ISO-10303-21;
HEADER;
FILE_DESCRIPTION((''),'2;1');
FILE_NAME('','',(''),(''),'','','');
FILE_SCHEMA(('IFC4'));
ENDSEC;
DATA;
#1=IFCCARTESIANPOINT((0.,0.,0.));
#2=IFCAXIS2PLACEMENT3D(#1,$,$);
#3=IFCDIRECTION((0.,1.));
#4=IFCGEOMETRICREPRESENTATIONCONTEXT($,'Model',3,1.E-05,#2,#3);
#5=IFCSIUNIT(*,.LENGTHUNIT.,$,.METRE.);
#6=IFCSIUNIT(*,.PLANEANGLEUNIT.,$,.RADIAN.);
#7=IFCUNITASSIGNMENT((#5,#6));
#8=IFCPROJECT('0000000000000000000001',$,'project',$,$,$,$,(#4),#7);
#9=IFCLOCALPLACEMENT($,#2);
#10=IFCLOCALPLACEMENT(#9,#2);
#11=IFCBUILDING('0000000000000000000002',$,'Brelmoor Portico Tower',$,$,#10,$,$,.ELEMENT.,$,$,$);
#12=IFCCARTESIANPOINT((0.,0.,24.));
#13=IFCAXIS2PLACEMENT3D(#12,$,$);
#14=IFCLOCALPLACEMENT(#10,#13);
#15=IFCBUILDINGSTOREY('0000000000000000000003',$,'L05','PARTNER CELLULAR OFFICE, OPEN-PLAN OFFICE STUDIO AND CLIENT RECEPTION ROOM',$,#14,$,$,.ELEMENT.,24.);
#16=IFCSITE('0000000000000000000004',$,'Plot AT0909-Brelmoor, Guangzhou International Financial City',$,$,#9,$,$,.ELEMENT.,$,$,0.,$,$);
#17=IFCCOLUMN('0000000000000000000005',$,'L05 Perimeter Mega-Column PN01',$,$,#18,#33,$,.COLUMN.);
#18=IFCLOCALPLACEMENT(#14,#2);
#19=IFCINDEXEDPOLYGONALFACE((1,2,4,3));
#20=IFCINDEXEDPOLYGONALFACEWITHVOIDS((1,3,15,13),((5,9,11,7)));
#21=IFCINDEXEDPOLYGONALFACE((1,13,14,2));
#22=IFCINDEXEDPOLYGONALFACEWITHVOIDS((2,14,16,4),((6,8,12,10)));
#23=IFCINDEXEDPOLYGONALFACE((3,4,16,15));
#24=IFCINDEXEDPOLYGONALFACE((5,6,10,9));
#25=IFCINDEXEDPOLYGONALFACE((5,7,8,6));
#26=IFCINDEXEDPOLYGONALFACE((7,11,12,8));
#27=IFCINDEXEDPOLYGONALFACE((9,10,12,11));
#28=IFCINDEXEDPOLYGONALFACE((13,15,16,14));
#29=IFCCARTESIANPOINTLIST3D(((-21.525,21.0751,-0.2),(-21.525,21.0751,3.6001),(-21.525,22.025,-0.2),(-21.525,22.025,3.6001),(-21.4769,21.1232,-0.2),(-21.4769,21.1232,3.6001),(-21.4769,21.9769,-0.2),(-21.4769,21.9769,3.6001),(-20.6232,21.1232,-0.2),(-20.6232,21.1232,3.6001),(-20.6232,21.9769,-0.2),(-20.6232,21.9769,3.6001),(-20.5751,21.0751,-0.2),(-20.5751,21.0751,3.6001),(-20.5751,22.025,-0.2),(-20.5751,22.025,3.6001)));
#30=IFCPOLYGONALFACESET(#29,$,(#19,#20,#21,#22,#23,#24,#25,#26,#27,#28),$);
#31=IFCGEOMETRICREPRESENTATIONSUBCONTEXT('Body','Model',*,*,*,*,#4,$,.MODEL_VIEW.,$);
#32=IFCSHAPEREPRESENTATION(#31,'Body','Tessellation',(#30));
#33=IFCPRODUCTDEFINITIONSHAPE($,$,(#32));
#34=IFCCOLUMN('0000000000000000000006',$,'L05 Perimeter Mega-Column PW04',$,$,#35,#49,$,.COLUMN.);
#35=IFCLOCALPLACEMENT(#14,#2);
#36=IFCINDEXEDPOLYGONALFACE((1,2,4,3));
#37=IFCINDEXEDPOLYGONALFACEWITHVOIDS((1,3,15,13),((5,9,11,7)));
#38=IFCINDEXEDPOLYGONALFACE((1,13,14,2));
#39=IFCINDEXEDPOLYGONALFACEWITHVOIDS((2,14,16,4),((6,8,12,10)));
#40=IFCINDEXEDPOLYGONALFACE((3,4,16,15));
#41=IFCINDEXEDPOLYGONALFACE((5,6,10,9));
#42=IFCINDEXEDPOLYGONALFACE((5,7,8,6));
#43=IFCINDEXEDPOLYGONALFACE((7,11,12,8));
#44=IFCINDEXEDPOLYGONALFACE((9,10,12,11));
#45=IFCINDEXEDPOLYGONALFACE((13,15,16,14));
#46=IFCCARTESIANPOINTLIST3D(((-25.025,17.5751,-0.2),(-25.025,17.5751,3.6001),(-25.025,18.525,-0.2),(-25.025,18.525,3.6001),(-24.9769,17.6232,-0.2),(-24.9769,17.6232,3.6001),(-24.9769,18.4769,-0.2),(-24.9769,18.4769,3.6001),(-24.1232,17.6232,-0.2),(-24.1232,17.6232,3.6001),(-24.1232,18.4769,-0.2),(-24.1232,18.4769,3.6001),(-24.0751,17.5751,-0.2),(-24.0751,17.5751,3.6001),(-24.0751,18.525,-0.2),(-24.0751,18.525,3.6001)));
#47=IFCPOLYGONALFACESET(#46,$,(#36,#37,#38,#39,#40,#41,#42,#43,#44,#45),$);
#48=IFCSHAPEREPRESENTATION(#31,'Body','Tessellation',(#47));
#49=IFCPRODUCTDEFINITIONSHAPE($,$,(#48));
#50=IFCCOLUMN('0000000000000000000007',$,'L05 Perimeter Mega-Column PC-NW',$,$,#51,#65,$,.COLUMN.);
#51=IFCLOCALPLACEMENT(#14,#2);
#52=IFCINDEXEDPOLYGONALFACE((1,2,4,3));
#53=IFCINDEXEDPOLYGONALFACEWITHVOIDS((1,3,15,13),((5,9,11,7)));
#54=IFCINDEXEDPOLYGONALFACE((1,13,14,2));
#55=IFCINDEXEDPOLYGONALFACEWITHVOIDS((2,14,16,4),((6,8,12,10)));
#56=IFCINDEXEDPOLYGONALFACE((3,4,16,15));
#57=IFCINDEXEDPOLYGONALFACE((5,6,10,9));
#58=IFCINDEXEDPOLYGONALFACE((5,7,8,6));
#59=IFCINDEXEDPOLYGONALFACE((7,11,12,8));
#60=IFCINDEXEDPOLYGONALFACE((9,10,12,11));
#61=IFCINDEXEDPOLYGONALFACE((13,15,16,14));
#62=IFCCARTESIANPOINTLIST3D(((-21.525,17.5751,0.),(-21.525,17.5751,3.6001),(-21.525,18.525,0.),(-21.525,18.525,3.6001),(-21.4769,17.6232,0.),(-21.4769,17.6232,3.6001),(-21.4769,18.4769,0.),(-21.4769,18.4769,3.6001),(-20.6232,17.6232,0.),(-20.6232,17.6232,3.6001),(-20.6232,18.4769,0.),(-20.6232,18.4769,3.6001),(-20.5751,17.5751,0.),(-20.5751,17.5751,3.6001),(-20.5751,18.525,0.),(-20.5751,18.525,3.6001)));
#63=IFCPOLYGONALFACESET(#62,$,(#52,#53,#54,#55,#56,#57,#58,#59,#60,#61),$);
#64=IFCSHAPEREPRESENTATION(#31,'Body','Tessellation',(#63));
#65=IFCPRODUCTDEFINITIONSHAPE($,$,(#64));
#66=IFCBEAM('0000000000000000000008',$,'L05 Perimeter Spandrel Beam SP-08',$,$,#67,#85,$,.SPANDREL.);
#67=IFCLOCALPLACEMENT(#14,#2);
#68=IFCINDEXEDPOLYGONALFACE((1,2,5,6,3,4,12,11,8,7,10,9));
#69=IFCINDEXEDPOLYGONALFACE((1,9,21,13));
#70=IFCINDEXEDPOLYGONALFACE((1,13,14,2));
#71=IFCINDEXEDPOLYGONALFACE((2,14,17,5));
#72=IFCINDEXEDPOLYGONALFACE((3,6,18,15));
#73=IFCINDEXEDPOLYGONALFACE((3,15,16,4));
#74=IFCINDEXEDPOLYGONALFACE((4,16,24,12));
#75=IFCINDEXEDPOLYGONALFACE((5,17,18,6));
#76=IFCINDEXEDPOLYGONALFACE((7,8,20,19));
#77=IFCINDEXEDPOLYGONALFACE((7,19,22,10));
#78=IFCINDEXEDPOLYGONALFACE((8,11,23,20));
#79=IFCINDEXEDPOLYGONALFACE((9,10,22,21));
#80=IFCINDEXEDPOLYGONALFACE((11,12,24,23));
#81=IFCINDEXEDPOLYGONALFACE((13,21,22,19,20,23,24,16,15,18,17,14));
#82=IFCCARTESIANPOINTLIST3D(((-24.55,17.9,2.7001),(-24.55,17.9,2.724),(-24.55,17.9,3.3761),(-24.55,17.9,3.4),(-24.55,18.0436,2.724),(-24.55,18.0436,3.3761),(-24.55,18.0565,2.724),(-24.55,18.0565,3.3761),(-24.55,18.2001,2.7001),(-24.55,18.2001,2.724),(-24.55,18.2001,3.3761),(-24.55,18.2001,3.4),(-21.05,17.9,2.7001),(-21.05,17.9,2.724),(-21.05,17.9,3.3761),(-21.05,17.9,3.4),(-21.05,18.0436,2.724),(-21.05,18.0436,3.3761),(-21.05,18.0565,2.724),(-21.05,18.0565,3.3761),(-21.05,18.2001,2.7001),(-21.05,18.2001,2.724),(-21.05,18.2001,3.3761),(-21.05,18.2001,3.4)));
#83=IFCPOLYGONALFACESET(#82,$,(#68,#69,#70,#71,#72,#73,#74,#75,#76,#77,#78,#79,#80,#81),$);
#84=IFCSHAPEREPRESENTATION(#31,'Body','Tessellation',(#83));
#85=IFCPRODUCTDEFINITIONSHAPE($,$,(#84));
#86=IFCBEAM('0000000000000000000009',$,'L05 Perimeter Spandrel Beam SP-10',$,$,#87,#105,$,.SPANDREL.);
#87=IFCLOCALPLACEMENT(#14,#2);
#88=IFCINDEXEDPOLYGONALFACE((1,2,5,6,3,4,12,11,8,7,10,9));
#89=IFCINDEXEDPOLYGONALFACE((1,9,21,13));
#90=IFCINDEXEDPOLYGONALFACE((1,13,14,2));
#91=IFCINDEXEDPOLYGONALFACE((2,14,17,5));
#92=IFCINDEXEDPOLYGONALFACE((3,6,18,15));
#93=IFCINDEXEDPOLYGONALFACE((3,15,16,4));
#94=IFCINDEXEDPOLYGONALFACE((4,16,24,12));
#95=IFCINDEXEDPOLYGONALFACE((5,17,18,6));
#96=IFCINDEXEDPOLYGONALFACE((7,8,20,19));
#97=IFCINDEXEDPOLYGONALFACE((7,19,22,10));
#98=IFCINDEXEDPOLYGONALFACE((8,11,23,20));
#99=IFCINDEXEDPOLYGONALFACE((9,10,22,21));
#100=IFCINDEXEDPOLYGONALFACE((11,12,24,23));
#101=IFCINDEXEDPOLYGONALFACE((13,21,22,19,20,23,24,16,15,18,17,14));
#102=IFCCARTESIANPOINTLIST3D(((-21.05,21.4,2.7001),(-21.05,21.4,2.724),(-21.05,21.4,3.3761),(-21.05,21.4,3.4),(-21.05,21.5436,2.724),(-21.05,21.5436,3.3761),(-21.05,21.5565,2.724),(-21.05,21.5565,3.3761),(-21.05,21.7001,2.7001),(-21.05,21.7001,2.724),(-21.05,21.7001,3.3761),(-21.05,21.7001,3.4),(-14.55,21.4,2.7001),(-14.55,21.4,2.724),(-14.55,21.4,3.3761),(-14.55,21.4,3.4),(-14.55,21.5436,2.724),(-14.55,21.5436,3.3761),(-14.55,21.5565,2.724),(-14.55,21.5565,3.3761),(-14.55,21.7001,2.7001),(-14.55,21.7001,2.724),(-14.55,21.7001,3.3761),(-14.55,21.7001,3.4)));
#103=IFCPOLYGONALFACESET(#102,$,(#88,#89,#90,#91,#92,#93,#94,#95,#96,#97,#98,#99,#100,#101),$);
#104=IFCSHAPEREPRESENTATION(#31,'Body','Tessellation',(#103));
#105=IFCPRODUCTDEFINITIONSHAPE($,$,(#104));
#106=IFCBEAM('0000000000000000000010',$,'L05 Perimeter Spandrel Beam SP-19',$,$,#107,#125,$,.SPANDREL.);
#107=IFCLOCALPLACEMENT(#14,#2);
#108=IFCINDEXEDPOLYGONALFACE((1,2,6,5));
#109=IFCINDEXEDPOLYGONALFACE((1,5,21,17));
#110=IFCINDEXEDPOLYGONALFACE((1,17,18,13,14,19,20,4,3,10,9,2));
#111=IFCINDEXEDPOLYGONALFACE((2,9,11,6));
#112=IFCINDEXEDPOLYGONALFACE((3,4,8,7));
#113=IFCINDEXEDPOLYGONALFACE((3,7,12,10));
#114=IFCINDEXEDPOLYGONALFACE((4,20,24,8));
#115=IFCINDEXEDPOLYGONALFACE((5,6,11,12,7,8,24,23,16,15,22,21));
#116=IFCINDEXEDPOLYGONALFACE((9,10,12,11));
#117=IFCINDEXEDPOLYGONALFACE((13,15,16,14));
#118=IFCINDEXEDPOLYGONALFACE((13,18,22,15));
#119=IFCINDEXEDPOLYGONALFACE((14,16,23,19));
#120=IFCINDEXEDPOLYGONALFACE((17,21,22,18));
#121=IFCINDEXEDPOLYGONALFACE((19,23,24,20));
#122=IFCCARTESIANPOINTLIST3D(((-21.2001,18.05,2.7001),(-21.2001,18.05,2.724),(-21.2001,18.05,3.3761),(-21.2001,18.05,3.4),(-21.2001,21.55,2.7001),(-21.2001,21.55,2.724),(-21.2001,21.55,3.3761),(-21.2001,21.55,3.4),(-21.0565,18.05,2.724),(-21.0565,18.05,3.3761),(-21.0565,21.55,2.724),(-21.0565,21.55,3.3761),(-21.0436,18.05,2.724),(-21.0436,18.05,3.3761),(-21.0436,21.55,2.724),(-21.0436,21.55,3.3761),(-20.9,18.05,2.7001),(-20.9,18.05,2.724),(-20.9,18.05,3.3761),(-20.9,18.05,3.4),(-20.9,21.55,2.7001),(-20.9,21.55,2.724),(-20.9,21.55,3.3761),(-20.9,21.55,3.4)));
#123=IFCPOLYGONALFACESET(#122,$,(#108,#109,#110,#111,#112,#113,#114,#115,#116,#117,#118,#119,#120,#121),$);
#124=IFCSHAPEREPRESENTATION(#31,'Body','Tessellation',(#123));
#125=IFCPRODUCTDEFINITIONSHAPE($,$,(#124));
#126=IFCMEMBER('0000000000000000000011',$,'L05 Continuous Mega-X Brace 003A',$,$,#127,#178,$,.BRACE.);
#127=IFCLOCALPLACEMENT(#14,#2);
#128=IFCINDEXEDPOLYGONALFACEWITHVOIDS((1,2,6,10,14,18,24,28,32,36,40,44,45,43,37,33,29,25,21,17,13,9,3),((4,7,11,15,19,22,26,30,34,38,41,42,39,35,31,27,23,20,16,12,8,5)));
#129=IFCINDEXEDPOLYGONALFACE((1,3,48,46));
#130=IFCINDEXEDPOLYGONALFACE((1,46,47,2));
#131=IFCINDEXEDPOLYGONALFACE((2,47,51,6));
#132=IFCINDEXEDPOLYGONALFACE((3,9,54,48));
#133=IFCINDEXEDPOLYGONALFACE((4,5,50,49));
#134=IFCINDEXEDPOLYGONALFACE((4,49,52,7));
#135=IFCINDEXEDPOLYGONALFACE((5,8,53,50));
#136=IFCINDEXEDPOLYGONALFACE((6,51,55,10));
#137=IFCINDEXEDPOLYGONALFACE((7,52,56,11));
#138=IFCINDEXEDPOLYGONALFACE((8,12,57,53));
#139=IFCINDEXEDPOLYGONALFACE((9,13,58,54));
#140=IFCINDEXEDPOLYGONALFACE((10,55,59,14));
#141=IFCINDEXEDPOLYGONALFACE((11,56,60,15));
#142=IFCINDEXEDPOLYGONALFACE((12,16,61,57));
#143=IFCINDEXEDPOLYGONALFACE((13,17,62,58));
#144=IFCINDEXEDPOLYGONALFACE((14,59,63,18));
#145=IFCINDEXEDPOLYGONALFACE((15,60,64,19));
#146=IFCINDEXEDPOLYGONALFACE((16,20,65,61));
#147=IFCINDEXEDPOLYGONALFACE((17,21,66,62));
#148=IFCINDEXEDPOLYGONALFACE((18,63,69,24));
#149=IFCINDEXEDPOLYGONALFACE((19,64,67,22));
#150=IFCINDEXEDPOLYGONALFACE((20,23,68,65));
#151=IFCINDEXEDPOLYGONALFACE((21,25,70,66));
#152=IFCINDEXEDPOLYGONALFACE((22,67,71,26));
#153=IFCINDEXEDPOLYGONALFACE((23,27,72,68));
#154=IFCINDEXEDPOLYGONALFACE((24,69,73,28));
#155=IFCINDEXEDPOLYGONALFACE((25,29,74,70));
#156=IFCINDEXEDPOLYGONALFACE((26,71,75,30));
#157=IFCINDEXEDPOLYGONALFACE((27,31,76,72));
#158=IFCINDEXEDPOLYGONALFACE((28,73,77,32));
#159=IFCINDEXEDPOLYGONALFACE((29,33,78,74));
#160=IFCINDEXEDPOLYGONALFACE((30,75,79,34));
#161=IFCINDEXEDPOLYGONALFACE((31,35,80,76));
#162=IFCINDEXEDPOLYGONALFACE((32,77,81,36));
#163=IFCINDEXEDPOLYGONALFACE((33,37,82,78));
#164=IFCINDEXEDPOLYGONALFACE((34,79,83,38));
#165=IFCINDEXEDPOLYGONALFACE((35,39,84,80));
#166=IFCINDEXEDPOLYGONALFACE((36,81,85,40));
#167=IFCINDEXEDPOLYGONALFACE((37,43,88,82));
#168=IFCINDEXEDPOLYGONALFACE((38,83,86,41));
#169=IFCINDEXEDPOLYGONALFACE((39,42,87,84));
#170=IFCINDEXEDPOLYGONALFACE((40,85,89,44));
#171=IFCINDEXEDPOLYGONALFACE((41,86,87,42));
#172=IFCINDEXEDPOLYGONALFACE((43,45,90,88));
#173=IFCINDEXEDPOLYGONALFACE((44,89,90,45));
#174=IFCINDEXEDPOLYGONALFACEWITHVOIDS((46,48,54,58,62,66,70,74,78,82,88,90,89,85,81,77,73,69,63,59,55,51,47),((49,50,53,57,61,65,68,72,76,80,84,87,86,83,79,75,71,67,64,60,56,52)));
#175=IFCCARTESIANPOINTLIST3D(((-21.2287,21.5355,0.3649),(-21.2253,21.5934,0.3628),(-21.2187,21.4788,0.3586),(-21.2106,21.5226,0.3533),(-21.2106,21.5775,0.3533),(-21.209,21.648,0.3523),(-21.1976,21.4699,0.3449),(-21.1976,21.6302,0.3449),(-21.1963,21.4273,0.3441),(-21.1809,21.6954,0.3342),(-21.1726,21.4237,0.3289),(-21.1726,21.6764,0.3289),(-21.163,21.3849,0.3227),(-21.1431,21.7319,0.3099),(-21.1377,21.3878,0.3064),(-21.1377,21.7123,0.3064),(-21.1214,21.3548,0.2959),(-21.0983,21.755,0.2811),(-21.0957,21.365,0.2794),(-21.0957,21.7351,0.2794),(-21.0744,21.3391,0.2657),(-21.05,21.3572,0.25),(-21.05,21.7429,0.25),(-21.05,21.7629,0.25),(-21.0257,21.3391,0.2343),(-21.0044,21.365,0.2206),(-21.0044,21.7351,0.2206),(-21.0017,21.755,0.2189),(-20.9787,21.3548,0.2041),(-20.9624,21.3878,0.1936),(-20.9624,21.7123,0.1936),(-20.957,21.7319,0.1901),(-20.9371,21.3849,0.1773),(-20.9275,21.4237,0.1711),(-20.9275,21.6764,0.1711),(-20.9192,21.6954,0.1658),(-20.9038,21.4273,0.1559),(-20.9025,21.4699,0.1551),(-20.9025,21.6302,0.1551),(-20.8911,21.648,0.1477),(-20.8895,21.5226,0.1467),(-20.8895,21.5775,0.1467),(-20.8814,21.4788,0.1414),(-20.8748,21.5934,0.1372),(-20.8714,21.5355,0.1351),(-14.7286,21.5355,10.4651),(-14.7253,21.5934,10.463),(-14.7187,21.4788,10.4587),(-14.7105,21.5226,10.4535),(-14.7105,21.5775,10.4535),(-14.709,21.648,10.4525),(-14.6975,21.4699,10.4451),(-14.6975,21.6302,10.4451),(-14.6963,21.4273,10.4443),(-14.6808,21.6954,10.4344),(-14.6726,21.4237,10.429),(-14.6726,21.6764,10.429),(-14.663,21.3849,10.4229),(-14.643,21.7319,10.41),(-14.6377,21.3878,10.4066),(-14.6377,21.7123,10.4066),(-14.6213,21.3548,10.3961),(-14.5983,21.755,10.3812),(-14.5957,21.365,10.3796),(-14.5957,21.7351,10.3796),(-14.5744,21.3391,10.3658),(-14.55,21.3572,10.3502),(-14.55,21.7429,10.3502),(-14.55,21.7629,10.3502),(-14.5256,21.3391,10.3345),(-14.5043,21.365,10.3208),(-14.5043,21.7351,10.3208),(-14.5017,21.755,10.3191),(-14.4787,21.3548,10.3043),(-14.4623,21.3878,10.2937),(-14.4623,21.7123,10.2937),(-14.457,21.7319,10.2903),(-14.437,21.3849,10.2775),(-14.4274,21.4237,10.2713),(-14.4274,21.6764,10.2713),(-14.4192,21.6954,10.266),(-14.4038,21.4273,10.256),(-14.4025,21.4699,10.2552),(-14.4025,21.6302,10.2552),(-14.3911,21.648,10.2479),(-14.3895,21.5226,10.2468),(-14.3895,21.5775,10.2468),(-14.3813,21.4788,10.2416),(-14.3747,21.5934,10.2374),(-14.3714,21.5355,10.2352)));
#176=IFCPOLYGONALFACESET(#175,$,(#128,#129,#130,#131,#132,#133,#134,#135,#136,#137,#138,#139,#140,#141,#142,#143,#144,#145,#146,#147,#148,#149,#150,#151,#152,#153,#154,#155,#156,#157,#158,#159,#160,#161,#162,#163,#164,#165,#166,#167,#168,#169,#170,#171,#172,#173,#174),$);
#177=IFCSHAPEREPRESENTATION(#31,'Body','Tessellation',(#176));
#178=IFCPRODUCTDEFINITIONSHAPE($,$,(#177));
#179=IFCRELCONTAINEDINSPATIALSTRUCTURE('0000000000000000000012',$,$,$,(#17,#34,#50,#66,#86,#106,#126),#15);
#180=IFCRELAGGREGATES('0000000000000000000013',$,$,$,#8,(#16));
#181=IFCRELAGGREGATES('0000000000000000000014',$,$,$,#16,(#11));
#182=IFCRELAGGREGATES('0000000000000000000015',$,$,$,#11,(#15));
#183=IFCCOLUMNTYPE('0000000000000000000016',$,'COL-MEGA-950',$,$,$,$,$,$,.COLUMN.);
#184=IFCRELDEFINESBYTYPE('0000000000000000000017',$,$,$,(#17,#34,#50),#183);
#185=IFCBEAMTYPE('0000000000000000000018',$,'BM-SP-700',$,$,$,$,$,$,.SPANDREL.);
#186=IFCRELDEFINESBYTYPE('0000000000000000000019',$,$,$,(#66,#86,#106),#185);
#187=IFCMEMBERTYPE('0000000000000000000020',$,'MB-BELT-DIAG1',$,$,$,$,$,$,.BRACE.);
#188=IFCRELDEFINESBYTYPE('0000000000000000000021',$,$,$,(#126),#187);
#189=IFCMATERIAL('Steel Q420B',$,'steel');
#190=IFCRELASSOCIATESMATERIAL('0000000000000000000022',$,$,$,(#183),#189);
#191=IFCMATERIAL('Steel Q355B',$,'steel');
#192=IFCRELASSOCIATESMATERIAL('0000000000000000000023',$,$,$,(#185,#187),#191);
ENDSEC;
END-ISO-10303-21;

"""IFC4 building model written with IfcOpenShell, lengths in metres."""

from ifc_helpers import new_model, si_unit, direction, frame, origin, origin_2d, place, context, subcontext, project, spatial, hollow_rectangle, hollow_circle, i_section, extrude, material, material_profile, profile_set, type_object, element, save


model = new_model("IFC4")

# Units and contexts
model_context = context("Model", 3, precision=1e-05, world=origin(), true_north=direction((0.0, 1.0)))
body_context = subcontext(model_context, "Body", "Model", "MODEL_VIEW")
ifc_project = project(units=[si_unit("LENGTHUNIT", "METRE"), si_unit("PLANEANGLEUNIT", "RADIAN")], contexts=[model_context])

# Site, building, storey
site_placement = place(None, origin())
site = spatial("IfcSite", under=ifc_project, at=site_placement, Name="Plot AT0909-Brelmoor, Guangzhou International Financial City", CompositionType="ELEMENT", RefElevation=0.0)
building_placement = place(site_placement, origin())
building = spatial("IfcBuilding", under=site, at=building_placement, Name="Brelmoor Portico Tower", CompositionType="ELEMENT")
storey_placement = place(building_placement, frame((0.0, 0.0, 24.0)))
storey = spatial("IfcBuildingStorey", under=building, at=storey_placement, Name="L05", Description="PARTNER CELLULAR OFFICE, OPEN-PLAN OFFICE STUDIO AND CLIENT RECEPTION ROOM", CompositionType="ELEMENT", Elevation=24.0)

# Columns
ifc_material_1 = material(Name="Steel Q420B", Category="steel")
ifc_material_profile_1 = material_profile(ifc_material_1, hollow_rectangle(XDim=0.95, YDim=0.95, WallThickness=0.0481, at=origin_2d()), Name="BOX 950x950x48")
ifc_profile_set_1 = profile_set([ifc_material_profile_1], Name="Steel Q420B")
column_type = type_object("IfcColumnType", Name="COL-MEGA-950", PredefinedType="COLUMN", material=ifc_profile_set_1)
for number, where, z_axis, x_axis, name in (
    (1, (-21.05, 21.55, -0.2), (0.0, 0.0, 1.0), (1.0, 0.0, 0.0), "L05 Perimeter Mega-Column PN01"),
    (2, (-24.55, 18.05, -0.2), (0.0, 0.0, 1.0), (0.0, 1.0, 0.0), "L05 Perimeter Mega-Column PW04"),
):
    element("IfcColumn", number, at=place(storey_placement, frame(where, z_axis=z_axis, x_axis=x_axis)), inside=storey, type_object=column_type, Name=name, PredefinedType="COLUMN", context=body_context, shape_type="SweptSolid", body=[
        extrude(hollow_rectangle(XDim=0.95, YDim=0.95, WallThickness=0.0481, at=origin_2d()), origin(), (0.0, 0.0, 1.0), 3.8),
    ])
column_placement = place(storey_placement, frame((-21.05, 18.05, 0.0), z_axis=(0.0, 0.0, 1.0), x_axis=(1.0, 0.0, 0.0)))
element("IfcColumn", 3, at=column_placement, inside=storey, type_object=column_type, Name="L05 Perimeter Mega-Column PC-NW", PredefinedType="COLUMN", context=body_context, shape_type="SweptSolid", body=[
    extrude(hollow_rectangle(XDim=0.95, YDim=0.95, WallThickness=0.0481, at=origin_2d()), origin(), (0.0, 0.0, 1.0), 3.6001),
])

# Beams
ifc_material_2 = material(Name="Steel Q355B", Category="steel")
ifc_material_profile_2 = material_profile(ifc_material_2, i_section(OverallWidth=0.3, OverallDepth=0.7, WebThickness=0.0129, FlangeThickness=0.0239, at=origin_2d()), Name="HN 700x300x13x24")
ifc_profile_set_2 = profile_set([ifc_material_profile_2], Name="Steel Q355B")
beam_type = type_object("IfcBeamType", Name="BM-SP-700", PredefinedType="SPANDREL", material=ifc_profile_set_2)
beam_1_placement = place(storey_placement, frame((-24.55, 18.05, 3.05), z_axis=(1.0, 0.0, 0.0), x_axis=(0.0, 1.0, 0.0)))
element("IfcBeam", 4, at=beam_1_placement, inside=storey, type_object=beam_type, Name="L05 Perimeter Spandrel Beam SP-08", PredefinedType="SPANDREL", context=body_context, shape_type="SweptSolid", body=[
    extrude(i_section(OverallWidth=0.3, OverallDepth=0.7, WebThickness=0.0129, FlangeThickness=0.0239, at=origin_2d()), origin(), (0.0, 0.0, 1.0), 3.5),
])
beam_2_placement = place(storey_placement, frame((-21.05, 21.55, 3.05), z_axis=(1.0, 0.0, 0.0), x_axis=(0.0, 1.0, 0.0)))
element("IfcBeam", 5, at=beam_2_placement, inside=storey, type_object=beam_type, Name="L05 Perimeter Spandrel Beam SP-10", PredefinedType="SPANDREL", context=body_context, shape_type="SweptSolid", body=[
    extrude(i_section(OverallWidth=0.3, OverallDepth=0.7, WebThickness=0.0129, FlangeThickness=0.0239, at=origin_2d()), origin(), (0.0, 0.0, 1.0), 6.5),
])
beam_3_placement = place(storey_placement, frame((-21.05, 18.05, 3.05), z_axis=(0.0, 1.0, 0.0), x_axis=(-1.0, 0.0, 0.0)))
element("IfcBeam", 6, at=beam_3_placement, inside=storey, type_object=beam_type, Name="L05 Perimeter Spandrel Beam SP-19", PredefinedType="SPANDREL", context=body_context, shape_type="SweptSolid", body=[
    extrude(i_section(OverallWidth=0.3, OverallDepth=0.7, WebThickness=0.0129, FlangeThickness=0.0239, at=origin_2d()), origin(), (0.0, 0.0, 1.0), 3.5),
])

# Member
ifc_material_profile_3 = material_profile(ifc_material_2, hollow_circle(Radius=0.2129, WallThickness=0.02, at=origin_2d()), Name="CHS 426x20")
ifc_profile_set_3 = profile_set([ifc_material_profile_3], Name="Steel Q355B")
member_type_1 = type_object("IfcMemberType", Name="MB-BELT-DIAG1", PredefinedType="BRACE", material=ifc_profile_set_3)
member_1_placement = place(storey_placement, frame((-21.05, 21.55, 0.25), z_axis=(0.541175, 0.0, 0.84091), x_axis=(0.0, 1.0, 0.0)))
element("IfcMember", 7, at=member_1_placement, inside=storey, type_object=member_type_1, Name="L05 Continuous Mega-X Brace 003A", PredefinedType="BRACE", context=body_context, shape_type="SweptSolid", body=[
    extrude(hollow_circle(Radius=0.2129, WallThickness=0.02, at=origin_2d()), origin(), (0.0, 0.0, 1.0), 12.011),
])

save(model, "model.ifc")
